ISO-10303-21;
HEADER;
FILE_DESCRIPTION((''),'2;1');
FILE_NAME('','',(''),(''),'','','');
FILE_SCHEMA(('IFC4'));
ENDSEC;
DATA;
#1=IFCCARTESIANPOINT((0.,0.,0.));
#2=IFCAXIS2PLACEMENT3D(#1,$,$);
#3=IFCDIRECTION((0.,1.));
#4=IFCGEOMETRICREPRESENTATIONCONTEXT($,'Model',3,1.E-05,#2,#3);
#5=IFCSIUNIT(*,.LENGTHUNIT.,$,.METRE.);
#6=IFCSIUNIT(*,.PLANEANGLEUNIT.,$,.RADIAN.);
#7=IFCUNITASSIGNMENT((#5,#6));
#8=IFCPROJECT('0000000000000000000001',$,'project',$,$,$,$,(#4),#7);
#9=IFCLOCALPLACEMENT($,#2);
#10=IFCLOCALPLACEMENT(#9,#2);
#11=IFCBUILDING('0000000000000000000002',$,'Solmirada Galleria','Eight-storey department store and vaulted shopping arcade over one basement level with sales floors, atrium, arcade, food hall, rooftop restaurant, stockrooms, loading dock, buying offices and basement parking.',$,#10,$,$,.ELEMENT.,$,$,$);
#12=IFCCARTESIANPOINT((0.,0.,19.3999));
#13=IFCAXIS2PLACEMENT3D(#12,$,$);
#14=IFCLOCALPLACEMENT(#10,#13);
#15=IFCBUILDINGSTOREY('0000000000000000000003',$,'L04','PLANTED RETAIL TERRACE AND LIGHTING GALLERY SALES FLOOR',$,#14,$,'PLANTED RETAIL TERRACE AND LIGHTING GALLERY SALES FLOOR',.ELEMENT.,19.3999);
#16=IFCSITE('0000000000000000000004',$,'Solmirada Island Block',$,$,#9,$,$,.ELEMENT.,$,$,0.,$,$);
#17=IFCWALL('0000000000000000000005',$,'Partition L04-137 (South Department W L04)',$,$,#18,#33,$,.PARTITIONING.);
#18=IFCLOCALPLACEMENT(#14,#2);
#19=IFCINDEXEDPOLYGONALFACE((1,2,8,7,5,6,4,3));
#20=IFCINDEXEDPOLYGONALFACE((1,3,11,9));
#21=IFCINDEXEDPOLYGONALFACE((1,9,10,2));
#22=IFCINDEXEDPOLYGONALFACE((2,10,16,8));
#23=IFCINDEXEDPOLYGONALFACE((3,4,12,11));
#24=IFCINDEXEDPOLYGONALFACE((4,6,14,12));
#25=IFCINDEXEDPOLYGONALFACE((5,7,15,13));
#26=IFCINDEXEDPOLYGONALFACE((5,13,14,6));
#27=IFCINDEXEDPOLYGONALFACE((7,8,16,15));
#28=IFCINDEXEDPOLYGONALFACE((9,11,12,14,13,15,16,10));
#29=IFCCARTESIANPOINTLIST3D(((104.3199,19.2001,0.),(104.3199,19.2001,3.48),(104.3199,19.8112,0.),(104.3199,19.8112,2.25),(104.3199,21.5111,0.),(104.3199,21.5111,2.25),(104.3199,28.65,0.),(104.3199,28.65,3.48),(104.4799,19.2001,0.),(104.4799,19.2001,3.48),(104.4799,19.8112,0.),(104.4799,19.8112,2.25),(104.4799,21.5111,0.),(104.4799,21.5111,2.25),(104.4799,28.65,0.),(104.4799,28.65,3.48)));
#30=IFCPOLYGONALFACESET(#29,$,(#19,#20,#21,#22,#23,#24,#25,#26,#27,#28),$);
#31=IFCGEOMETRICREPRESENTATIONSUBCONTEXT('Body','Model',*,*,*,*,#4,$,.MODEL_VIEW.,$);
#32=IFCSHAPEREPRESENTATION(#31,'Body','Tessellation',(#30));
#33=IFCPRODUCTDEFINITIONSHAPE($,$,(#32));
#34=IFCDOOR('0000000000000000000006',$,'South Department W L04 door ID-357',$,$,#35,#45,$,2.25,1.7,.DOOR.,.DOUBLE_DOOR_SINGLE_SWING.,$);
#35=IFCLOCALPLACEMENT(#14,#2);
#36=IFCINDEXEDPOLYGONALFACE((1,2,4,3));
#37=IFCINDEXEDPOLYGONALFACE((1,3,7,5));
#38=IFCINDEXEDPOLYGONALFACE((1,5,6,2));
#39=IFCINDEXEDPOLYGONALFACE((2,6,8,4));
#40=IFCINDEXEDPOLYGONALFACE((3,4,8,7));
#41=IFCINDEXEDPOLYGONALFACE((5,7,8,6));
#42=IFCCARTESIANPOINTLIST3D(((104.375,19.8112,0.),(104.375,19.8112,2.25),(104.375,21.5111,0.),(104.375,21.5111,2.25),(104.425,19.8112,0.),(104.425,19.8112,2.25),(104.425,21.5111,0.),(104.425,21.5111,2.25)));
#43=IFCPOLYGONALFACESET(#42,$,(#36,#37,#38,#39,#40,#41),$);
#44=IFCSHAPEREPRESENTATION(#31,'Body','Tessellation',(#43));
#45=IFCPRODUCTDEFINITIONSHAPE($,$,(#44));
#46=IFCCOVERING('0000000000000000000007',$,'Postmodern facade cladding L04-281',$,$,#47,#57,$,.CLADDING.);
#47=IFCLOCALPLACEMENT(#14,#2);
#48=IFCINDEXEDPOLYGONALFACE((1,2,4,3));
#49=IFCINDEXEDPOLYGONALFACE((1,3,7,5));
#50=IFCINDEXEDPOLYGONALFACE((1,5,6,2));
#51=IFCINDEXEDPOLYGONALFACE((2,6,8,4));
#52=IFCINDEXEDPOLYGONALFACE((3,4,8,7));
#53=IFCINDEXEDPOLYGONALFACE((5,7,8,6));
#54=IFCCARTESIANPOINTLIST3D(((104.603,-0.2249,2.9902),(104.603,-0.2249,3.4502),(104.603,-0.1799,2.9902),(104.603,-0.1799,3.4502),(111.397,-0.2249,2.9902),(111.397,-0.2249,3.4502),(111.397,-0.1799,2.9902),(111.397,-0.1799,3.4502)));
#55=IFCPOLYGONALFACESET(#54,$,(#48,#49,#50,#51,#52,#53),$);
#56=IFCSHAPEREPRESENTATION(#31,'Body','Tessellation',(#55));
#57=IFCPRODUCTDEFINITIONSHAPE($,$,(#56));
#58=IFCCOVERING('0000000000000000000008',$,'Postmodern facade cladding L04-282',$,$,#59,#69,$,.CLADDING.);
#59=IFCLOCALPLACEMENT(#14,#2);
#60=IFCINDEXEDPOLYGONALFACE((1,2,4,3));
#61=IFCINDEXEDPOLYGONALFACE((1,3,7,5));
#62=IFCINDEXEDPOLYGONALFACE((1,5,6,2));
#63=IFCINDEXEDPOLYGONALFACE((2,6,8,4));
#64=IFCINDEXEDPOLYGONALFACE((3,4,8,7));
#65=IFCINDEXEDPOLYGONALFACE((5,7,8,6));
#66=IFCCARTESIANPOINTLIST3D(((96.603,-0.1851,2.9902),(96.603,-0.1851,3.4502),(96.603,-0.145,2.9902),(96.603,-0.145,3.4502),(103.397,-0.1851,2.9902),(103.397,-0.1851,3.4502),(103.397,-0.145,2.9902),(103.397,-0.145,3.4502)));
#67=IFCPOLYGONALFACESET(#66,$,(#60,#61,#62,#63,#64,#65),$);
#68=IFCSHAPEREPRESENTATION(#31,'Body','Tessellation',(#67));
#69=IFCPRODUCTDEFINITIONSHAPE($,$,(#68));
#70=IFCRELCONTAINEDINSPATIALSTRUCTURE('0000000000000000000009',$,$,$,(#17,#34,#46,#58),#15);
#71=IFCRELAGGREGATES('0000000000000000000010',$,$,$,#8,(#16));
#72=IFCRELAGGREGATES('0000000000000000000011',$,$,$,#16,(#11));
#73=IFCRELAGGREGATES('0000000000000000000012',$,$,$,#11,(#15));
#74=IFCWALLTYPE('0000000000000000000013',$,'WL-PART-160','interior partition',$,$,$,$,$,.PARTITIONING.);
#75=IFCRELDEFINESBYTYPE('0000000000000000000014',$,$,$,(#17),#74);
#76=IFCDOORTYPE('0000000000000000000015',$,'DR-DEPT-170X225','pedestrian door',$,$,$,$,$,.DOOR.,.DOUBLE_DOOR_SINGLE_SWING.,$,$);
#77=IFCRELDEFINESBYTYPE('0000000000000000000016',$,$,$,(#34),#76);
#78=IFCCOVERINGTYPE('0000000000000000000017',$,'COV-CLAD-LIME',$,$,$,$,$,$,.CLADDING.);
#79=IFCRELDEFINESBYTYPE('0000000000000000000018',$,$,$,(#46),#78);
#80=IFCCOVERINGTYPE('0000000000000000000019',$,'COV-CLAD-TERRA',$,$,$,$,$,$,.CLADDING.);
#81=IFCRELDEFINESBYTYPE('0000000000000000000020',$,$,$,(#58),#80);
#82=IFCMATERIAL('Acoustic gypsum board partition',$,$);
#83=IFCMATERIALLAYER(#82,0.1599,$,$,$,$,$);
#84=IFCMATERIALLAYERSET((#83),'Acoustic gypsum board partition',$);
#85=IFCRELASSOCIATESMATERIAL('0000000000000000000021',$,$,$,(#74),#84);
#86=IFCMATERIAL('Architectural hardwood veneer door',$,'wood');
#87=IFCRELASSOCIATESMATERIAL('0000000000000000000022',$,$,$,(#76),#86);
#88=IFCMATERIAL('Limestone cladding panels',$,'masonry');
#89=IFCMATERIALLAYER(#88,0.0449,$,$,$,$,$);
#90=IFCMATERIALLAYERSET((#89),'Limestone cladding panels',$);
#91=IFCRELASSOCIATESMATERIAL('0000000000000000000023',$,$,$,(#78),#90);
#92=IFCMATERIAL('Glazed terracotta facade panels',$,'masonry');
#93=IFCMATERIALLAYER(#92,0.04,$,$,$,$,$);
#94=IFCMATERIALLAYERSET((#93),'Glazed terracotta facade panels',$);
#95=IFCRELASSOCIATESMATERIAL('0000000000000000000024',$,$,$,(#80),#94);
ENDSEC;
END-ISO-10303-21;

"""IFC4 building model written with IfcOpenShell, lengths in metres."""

from ifc_helpers import new_model, si_unit, direction, frame, frame_2d, origin, origin_2d, place, context, subcontext, project, spatial, rectangle, extrude, material, layer, layer_set, type_object, element, fill, save


model = new_model("IFC4")

# Units and contexts
model_context = context("Model", 3, precision=1e-05, world=origin(), true_north=direction((0.0, 1.0)))
body_context = subcontext(model_context, "Body", "Model", "MODEL_VIEW")
ifc_project = project(units=[si_unit("LENGTHUNIT", "METRE"), si_unit("PLANEANGLEUNIT", "RADIAN")], contexts=[model_context])

# Site, building, storey
site_placement = place(None, origin())
site = spatial("IfcSite", under=ifc_project, at=site_placement, Name="Solmirada Island Block", CompositionType="ELEMENT", RefElevation=0.0)
building_placement = place(site_placement, origin())
building = spatial("IfcBuilding", under=site, at=building_placement, Name="Solmirada Galleria", Description="Eight-storey department store and vaulted shopping arcade over one basement level with sales floors, atrium, arcade, food hall, rooftop restaurant, stockrooms, loading dock, buying offices and basement parking.", CompositionType="ELEMENT")
storey_placement = place(building_placement, frame((0.0, 0.0, 19.3999)))
storey = spatial("IfcBuildingStorey", under=building, at=storey_placement, Name="L04", Description="PLANTED RETAIL TERRACE AND LIGHTING GALLERY SALES FLOOR", LongName="PLANTED RETAIL TERRACE AND LIGHTING GALLERY SALES FLOOR", CompositionType="ELEMENT", Elevation=19.3999)

# Shared definitions
ifc_material_1 = material(Name="Acoustic gypsum board partition")

# Wall, opening, door
ifc_layer_1 = layer(ifc_material_1, 0.1599)
ifc_layer_set_1 = layer_set([ifc_layer_1], Name="Acoustic gypsum board partition")
wall_type_1 = type_object("IfcWallType", Name="WL-PART-160", Description="interior partition", PredefinedType="PARTITIONING", material=ifc_layer_set_1)
ifc_material_2 = material(Name="Architectural hardwood veneer door", Category="wood")
door_type_1 = type_object("IfcDoorType", Name="DR-DEPT-170X225", Description="pedestrian door", OperationType="DOUBLE_DOOR_SINGLE_SWING", PredefinedType="DOOR", material=ifc_material_2)
wall_1_placement = place(storey_placement, frame((104.3999, 19.2, 0.0), z_axis=(0.0, 0.0, 1.0), x_axis=(0.0, 1.0, 0.0)))
wall_1 = element("IfcWall", 1, at=wall_1_placement, inside=storey, type_object=wall_type_1, Name="Partition L04-137 (South Department W L04)", PredefinedType="PARTITIONING", context=body_context, shape_type="SweptSolid", body=[
    extrude(rectangle(XDim=9.45, YDim=0.1599, at=frame_2d((4.7251, 0.0))), origin(), (0.0, 0.0, 1.0), 3.48),
])
opening_1_placement = place(wall_1_placement, frame((0.6111, 0.0, 0.0)))
opening_1 = element("IfcOpeningElement", 2, at=opening_1_placement, cuts=wall_1, PredefinedType="OPENING", context=body_context, shape_type="SweptSolid", body=[
    extrude(rectangle(XDim=1.7, YDim=2.25, at=frame_2d((0.8501, 1.125))), frame((0.0, 0.0898, 0.0), z_axis=(0.0, -1.0, 0.0), x_axis=(1.0, 0.0, 0.0)), (0.0, 0.0, 1.0), 0.1799),
])
door_1_placement = place(opening_1_placement, origin())
door_1 = element("IfcDoor", 3, at=door_1_placement, inside=storey, type_object=door_type_1, Name="South Department W L04 door ID-357", OperationType="DOUBLE_DOOR_SINGLE_SWING", OverallHeight=2.25, OverallWidth=1.7, PredefinedType="DOOR", context=body_context, shape_type="SweptSolid", body=[
    extrude(rectangle(XDim=1.7, YDim=2.25, at=frame_2d((0.8501, 1.125))), frame((0.0, 0.0249, 0.0), z_axis=(0.0, -1.0, 0.0), x_axis=(1.0, 0.0, 0.0)), (0.0, 0.0, 1.0), 0.05),
])
fill(opening_1, door_1)

# Coverings
ifc_material_3 = material(Name="Limestone cladding panels", Category="masonry")
ifc_layer_2 = layer(ifc_material_3, 0.0449)
ifc_layer_set_2 = layer_set([ifc_layer_2], Name="Limestone cladding panels")
covering_type_1 = type_object("IfcCoveringType", Name="COV-CLAD-LIME", PredefinedType="CLADDING", material=ifc_layer_set_2)
covering_1_placement = place(storey_placement, frame((108.0, -0.2024, 2.9902), z_axis=(0.0, 0.0, 1.0), x_axis=(-1.0, 0.0, 0.0)))
element("IfcCovering", 4, at=covering_1_placement, inside=storey, type_object=covering_type_1, Name="Postmodern facade cladding L04-281", PredefinedType="CLADDING", context=body_context, shape_type="SweptSolid", body=[
    extrude(rectangle(XDim=6.7939, YDim=0.0449, at=origin_2d()), origin(), (0.0, 0.0, 1.0), 0.46),
])
ifc_material_4 = material(Name="Glazed terracotta facade panels", Category="masonry")
ifc_layer_3 = layer(ifc_material_4, 0.04)
ifc_layer_set_3 = layer_set([ifc_layer_3], Name="Glazed terracotta facade panels")
covering_type_2 = type_object("IfcCoveringType", Name="COV-CLAD-TERRA", PredefinedType="CLADDING", material=ifc_layer_set_3)
covering_2_placement = place(storey_placement, frame((100.0, -0.165, 2.9902), z_axis=(0.0, 0.0, 1.0), x_axis=(-1.0, 0.0, 0.0)))
element("IfcCovering", 5, at=covering_2_placement, inside=storey, type_object=covering_type_2, Name="Postmodern facade cladding L04-282", PredefinedType="CLADDING", context=body_context, shape_type="SweptSolid", body=[
    extrude(rectangle(XDim=6.7939, YDim=0.04, at=origin_2d()), origin(), (0.0, 0.0, 1.0), 0.46),
])

save(model, "model.ifc")
